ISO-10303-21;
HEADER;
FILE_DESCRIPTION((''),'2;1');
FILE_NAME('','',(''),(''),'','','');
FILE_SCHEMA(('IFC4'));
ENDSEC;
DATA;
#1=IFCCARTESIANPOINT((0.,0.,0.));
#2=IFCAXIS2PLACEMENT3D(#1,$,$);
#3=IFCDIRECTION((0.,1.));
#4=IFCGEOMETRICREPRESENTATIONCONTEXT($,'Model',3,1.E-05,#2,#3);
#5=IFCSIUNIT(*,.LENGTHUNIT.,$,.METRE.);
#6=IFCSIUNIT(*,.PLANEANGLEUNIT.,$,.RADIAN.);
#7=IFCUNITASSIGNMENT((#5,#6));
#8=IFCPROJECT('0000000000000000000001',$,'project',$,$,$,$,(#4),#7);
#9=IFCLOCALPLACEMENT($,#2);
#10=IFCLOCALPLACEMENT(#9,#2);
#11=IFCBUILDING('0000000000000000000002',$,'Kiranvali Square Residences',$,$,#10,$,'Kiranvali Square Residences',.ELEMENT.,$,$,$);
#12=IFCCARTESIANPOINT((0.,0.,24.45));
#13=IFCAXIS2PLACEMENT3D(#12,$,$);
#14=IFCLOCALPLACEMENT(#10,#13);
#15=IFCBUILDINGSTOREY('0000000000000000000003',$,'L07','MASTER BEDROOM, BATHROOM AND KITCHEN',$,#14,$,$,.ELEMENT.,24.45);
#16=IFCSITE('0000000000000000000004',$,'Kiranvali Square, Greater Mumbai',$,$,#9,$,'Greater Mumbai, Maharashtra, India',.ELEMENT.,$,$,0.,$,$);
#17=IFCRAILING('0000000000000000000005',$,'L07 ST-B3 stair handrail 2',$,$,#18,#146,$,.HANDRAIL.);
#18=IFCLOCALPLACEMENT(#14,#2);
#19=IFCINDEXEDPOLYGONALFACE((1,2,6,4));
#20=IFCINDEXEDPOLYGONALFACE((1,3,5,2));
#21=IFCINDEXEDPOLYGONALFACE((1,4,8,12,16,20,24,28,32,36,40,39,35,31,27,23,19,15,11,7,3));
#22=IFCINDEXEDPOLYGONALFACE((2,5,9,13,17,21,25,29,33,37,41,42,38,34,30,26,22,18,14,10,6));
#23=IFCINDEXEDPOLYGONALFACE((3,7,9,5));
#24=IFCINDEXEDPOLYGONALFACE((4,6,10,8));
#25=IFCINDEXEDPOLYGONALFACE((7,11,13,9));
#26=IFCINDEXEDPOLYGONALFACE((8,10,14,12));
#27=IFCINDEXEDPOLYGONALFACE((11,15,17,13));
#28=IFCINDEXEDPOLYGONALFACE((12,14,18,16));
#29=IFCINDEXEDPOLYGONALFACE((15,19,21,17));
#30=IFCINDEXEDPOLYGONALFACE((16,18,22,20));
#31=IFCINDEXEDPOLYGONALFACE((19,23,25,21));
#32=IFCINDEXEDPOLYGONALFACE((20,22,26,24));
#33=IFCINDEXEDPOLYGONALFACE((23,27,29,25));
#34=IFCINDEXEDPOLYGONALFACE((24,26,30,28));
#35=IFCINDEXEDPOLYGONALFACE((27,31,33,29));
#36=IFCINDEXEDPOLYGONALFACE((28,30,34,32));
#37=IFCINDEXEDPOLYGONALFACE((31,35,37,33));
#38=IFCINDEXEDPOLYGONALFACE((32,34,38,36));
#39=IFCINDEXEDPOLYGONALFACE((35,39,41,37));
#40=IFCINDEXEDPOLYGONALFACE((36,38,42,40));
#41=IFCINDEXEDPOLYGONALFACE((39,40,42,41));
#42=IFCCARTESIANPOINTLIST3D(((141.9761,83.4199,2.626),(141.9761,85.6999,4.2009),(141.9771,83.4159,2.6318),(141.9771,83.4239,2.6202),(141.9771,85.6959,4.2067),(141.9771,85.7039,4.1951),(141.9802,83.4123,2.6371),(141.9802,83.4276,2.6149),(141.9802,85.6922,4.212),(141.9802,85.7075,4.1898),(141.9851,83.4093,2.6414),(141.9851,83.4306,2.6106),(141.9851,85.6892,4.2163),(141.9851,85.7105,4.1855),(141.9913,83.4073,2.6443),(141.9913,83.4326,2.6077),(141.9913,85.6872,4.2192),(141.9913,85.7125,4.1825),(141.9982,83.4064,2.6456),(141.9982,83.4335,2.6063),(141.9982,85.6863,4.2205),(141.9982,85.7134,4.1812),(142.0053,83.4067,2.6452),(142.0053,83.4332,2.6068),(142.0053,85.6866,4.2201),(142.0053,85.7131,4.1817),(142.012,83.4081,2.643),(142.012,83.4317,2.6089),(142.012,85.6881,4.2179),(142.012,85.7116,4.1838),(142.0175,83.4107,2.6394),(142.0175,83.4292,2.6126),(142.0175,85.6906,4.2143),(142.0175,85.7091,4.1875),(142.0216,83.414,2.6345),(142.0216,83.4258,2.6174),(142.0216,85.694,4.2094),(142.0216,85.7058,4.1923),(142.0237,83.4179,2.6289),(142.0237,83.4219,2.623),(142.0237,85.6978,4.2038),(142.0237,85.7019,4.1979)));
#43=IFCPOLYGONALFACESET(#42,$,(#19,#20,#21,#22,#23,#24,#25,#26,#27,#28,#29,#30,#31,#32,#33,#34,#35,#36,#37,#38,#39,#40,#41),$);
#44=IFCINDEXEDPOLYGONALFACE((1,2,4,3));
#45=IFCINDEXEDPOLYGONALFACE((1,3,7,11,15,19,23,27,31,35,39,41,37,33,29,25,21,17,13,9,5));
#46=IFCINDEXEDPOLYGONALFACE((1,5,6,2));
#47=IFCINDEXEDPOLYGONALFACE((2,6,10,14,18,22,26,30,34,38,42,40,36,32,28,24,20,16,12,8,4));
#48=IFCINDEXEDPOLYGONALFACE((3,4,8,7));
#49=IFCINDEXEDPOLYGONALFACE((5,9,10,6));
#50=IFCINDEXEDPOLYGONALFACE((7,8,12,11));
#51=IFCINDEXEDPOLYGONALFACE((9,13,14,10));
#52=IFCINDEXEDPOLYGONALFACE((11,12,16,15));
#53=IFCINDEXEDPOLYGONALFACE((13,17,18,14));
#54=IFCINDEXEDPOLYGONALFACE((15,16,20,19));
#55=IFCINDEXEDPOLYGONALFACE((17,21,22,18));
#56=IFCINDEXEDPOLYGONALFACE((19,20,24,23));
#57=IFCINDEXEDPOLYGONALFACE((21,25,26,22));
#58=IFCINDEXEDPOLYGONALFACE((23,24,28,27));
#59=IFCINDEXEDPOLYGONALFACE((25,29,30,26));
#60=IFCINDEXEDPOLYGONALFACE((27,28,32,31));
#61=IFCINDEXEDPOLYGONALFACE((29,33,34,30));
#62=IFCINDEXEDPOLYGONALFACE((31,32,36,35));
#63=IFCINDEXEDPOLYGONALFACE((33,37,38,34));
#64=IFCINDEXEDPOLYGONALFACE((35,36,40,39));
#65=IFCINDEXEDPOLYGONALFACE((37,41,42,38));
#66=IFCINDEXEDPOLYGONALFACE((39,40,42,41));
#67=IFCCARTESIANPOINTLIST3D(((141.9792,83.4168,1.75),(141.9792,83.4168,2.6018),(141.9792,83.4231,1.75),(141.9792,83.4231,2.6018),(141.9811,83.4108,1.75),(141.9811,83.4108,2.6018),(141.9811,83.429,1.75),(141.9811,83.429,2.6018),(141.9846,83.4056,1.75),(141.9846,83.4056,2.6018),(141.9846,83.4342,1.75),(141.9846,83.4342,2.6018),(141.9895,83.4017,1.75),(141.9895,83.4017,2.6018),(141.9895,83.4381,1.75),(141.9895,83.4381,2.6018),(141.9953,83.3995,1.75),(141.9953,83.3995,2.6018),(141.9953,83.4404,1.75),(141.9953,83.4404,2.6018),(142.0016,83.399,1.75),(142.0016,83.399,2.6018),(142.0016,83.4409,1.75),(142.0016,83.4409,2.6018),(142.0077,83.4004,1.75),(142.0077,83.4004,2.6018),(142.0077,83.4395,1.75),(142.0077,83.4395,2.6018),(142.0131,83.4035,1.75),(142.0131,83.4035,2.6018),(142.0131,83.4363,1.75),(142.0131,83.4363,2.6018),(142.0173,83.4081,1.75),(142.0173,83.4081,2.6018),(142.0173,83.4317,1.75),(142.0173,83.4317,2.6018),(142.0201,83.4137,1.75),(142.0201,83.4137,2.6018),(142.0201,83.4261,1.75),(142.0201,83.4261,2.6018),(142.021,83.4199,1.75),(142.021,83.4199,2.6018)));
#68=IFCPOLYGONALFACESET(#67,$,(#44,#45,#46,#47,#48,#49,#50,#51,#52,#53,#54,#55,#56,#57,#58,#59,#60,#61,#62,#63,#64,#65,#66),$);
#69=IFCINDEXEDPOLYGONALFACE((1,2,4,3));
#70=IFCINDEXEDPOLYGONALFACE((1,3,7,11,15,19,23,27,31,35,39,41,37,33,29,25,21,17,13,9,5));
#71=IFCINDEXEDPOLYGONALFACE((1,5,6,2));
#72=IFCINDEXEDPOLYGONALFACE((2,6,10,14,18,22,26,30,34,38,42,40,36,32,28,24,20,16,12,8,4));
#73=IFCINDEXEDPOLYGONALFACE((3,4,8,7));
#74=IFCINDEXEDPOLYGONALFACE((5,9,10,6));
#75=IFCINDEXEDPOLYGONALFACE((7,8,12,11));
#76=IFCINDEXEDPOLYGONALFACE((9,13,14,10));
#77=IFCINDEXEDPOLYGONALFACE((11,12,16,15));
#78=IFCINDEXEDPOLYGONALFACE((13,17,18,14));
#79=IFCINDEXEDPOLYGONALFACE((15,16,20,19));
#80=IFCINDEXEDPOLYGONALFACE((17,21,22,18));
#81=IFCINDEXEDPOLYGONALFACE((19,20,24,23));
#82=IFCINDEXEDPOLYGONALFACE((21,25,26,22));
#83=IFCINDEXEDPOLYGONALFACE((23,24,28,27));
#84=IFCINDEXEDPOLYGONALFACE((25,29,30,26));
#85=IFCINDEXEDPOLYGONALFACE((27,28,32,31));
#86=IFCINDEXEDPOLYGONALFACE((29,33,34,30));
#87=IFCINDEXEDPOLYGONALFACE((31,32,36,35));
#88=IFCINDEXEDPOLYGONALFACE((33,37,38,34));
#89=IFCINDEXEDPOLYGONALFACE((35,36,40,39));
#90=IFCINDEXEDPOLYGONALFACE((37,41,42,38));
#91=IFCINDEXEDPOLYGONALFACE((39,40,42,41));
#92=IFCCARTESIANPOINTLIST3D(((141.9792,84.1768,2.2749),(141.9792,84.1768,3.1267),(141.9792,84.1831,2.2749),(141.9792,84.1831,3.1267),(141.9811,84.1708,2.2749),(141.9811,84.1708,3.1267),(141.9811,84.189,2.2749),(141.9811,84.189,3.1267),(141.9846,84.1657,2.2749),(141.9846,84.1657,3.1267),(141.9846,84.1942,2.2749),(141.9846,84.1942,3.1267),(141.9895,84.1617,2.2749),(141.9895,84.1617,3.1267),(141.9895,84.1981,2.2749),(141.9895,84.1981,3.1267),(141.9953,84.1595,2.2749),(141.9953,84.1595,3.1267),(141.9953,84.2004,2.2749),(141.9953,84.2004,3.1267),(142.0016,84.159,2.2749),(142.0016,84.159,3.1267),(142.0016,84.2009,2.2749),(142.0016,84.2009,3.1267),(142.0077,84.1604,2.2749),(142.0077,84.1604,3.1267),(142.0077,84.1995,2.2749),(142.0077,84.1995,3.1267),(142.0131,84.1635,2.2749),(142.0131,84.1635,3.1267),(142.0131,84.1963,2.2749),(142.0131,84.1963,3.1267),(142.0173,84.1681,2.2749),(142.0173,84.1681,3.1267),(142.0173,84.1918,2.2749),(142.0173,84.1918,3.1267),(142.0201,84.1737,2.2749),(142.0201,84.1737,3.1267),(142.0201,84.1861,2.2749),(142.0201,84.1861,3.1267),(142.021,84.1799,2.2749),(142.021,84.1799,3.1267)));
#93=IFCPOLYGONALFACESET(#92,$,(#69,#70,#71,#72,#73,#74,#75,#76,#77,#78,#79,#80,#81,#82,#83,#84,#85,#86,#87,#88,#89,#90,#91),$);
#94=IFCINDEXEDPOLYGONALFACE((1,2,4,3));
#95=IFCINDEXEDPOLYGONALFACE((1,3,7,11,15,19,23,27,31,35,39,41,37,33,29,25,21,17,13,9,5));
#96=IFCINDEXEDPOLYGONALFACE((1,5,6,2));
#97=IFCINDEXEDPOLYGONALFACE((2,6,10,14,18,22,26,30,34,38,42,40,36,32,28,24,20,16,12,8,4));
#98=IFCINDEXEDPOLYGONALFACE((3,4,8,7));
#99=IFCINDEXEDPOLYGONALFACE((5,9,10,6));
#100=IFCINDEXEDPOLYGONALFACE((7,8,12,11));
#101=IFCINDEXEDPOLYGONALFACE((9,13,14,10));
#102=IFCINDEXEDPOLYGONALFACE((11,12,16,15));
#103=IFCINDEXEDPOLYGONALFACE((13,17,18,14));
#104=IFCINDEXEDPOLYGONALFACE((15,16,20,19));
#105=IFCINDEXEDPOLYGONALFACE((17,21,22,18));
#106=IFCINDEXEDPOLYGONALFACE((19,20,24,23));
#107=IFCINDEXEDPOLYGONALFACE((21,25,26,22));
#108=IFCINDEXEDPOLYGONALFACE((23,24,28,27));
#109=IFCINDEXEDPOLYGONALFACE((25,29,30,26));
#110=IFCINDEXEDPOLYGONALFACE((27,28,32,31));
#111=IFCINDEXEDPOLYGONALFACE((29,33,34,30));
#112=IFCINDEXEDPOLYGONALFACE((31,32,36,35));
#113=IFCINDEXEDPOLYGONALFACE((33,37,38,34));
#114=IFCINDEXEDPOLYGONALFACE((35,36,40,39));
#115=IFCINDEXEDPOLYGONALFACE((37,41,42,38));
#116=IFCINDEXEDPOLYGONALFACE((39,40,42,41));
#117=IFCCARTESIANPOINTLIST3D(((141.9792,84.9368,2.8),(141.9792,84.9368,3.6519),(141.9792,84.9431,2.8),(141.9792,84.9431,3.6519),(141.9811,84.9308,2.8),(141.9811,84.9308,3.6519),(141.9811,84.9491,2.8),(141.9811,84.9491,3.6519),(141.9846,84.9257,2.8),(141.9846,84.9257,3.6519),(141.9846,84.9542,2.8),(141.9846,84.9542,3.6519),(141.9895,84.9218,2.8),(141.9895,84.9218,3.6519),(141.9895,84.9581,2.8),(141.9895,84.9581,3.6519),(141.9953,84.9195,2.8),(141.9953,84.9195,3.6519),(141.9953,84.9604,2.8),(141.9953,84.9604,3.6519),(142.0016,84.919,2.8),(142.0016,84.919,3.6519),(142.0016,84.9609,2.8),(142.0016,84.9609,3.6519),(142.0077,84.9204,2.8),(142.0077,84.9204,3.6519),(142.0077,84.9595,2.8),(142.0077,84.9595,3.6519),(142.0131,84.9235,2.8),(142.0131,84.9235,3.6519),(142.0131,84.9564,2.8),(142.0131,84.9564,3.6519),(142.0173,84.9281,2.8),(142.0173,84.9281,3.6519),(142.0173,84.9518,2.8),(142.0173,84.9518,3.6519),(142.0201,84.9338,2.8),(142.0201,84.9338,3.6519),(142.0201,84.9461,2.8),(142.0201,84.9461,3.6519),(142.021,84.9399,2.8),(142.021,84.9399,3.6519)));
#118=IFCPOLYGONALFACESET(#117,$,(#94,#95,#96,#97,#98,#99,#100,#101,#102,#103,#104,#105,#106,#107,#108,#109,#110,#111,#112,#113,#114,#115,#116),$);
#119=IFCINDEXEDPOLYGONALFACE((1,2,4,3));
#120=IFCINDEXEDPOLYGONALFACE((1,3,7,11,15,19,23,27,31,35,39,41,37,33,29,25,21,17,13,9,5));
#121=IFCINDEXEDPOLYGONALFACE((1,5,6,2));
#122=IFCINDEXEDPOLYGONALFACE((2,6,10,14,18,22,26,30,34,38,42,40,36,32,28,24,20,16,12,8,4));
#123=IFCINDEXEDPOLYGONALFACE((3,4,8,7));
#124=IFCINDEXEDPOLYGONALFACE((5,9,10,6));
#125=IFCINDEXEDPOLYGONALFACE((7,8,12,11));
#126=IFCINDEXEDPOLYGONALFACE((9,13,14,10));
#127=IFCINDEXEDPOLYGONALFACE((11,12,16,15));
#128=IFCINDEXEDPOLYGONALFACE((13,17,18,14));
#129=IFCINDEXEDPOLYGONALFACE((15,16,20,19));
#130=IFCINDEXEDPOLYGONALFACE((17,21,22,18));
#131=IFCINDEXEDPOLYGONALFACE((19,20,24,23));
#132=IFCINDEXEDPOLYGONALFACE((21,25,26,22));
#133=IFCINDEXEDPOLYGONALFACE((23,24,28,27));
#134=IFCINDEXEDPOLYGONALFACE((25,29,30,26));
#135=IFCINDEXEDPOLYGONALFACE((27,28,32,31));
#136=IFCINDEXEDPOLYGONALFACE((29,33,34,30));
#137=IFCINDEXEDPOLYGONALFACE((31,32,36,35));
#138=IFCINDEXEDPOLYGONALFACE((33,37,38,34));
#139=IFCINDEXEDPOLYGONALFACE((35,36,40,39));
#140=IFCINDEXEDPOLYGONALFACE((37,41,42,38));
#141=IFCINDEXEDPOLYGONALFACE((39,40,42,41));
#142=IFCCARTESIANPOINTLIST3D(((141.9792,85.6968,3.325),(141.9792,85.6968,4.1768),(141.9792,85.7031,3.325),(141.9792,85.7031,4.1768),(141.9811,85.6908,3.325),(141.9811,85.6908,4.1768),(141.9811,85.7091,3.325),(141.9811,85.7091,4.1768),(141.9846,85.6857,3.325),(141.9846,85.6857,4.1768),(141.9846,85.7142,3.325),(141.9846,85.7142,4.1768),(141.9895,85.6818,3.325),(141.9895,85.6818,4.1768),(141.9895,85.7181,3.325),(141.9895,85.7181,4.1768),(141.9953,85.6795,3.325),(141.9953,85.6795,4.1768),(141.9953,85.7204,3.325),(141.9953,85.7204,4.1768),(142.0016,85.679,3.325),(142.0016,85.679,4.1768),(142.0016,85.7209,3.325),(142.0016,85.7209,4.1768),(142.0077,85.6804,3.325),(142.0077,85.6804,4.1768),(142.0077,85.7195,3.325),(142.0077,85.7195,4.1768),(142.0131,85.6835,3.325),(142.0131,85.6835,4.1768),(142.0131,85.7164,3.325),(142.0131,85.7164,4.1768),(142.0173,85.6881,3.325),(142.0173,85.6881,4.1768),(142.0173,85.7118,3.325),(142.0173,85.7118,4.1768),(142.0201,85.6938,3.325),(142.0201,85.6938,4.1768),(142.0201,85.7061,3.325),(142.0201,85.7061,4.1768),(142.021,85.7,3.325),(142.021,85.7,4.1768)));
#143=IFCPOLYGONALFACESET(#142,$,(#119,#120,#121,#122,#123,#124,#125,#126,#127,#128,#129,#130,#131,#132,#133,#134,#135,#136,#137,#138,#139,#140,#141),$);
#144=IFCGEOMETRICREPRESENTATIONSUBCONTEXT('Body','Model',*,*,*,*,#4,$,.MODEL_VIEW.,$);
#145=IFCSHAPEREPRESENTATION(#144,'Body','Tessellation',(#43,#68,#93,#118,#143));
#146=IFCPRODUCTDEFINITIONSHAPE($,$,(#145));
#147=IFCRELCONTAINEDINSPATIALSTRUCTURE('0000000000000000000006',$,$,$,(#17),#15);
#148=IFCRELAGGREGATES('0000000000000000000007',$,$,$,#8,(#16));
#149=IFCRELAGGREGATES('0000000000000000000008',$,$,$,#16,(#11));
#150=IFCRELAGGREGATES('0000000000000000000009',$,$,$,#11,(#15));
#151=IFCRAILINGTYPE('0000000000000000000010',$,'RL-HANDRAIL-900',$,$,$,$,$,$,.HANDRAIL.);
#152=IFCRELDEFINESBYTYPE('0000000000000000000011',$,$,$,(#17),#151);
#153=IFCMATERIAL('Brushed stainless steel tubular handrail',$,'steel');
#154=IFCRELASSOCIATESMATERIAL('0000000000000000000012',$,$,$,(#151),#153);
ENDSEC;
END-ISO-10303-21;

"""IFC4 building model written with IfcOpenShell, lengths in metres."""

from ifc_helpers import new_model, si_unit, direction, frame, origin, origin_2d, place, context, subcontext, project, spatial, circle, extrude, material, type_object, element, save


model = new_model("IFC4")

# Units and contexts
model_context = context("Model", 3, precision=1e-05, world=origin(), true_north=direction((0.0, 1.0)))
body_context = subcontext(model_context, "Body", "Model", "MODEL_VIEW")
ifc_project = project(units=[si_unit("LENGTHUNIT", "METRE"), si_unit("PLANEANGLEUNIT", "RADIAN")], contexts=[model_context])

# Site, building, storey
site_placement = place(None, origin())
site = spatial("IfcSite", under=ifc_project, at=site_placement, Name="Kiranvali Square, Greater Mumbai", LongName="Greater Mumbai, Maharashtra, India", CompositionType="ELEMENT", RefElevation=0.0)
building_placement = place(site_placement, origin())
building = spatial("IfcBuilding", under=site, at=building_placement, Name="Kiranvali Square Residences", LongName="Kiranvali Square Residences", CompositionType="ELEMENT")
storey_placement = place(building_placement, frame((0.0, 0.0, 24.45)))
storey = spatial("IfcBuildingStorey", under=building, at=storey_placement, Name="L07", Description="MASTER BEDROOM, BATHROOM AND KITCHEN", CompositionType="ELEMENT", Elevation=24.45)

# Railing
ifc_material_1 = material(Name="Brushed stainless steel tubular handrail", Category="steel")
railing_type_1 = type_object("IfcRailingType", Name="RL-HANDRAIL-900", PredefinedType="HANDRAIL", material=ifc_material_1)
railing_1_placement = place(storey_placement, frame((142.0, 83.4199, 1.75)))
element("IfcRailing", 1, at=railing_1_placement, inside=storey, type_object=railing_type_1, Name="L07 ST-B3 stair handrail 2", PredefinedType="HANDRAIL", context=body_context, shape_type="SweptSolid", body=[
    extrude(circle(Radius=0.0239, at=origin_2d()), frame((0.0, 0.0, 0.876), z_axis=(0.0, 0.822788, 0.568348), x_axis=(-1.0, 0.0, 0.0)), (0.0, 0.0, 1.0), 2.771),
    extrude(circle(Radius=0.021, at=origin_2d()), origin(), (0.0, 0.0, 1.0), 0.8518),
    extrude(circle(Radius=0.021, at=origin_2d()), frame((0.0, 0.76, 0.5249)), (0.0, 0.0, 1.0), 0.8518),
    extrude(circle(Radius=0.021, at=origin_2d()), frame((0.0, 1.52, 1.05)), (0.0, 0.0, 1.0), 0.8518),
    extrude(circle(Radius=0.021, at=origin_2d()), frame((0.0, 2.28, 1.575)), (0.0, 0.0, 1.0), 0.8518),
])

save(model, "model.ifc")
